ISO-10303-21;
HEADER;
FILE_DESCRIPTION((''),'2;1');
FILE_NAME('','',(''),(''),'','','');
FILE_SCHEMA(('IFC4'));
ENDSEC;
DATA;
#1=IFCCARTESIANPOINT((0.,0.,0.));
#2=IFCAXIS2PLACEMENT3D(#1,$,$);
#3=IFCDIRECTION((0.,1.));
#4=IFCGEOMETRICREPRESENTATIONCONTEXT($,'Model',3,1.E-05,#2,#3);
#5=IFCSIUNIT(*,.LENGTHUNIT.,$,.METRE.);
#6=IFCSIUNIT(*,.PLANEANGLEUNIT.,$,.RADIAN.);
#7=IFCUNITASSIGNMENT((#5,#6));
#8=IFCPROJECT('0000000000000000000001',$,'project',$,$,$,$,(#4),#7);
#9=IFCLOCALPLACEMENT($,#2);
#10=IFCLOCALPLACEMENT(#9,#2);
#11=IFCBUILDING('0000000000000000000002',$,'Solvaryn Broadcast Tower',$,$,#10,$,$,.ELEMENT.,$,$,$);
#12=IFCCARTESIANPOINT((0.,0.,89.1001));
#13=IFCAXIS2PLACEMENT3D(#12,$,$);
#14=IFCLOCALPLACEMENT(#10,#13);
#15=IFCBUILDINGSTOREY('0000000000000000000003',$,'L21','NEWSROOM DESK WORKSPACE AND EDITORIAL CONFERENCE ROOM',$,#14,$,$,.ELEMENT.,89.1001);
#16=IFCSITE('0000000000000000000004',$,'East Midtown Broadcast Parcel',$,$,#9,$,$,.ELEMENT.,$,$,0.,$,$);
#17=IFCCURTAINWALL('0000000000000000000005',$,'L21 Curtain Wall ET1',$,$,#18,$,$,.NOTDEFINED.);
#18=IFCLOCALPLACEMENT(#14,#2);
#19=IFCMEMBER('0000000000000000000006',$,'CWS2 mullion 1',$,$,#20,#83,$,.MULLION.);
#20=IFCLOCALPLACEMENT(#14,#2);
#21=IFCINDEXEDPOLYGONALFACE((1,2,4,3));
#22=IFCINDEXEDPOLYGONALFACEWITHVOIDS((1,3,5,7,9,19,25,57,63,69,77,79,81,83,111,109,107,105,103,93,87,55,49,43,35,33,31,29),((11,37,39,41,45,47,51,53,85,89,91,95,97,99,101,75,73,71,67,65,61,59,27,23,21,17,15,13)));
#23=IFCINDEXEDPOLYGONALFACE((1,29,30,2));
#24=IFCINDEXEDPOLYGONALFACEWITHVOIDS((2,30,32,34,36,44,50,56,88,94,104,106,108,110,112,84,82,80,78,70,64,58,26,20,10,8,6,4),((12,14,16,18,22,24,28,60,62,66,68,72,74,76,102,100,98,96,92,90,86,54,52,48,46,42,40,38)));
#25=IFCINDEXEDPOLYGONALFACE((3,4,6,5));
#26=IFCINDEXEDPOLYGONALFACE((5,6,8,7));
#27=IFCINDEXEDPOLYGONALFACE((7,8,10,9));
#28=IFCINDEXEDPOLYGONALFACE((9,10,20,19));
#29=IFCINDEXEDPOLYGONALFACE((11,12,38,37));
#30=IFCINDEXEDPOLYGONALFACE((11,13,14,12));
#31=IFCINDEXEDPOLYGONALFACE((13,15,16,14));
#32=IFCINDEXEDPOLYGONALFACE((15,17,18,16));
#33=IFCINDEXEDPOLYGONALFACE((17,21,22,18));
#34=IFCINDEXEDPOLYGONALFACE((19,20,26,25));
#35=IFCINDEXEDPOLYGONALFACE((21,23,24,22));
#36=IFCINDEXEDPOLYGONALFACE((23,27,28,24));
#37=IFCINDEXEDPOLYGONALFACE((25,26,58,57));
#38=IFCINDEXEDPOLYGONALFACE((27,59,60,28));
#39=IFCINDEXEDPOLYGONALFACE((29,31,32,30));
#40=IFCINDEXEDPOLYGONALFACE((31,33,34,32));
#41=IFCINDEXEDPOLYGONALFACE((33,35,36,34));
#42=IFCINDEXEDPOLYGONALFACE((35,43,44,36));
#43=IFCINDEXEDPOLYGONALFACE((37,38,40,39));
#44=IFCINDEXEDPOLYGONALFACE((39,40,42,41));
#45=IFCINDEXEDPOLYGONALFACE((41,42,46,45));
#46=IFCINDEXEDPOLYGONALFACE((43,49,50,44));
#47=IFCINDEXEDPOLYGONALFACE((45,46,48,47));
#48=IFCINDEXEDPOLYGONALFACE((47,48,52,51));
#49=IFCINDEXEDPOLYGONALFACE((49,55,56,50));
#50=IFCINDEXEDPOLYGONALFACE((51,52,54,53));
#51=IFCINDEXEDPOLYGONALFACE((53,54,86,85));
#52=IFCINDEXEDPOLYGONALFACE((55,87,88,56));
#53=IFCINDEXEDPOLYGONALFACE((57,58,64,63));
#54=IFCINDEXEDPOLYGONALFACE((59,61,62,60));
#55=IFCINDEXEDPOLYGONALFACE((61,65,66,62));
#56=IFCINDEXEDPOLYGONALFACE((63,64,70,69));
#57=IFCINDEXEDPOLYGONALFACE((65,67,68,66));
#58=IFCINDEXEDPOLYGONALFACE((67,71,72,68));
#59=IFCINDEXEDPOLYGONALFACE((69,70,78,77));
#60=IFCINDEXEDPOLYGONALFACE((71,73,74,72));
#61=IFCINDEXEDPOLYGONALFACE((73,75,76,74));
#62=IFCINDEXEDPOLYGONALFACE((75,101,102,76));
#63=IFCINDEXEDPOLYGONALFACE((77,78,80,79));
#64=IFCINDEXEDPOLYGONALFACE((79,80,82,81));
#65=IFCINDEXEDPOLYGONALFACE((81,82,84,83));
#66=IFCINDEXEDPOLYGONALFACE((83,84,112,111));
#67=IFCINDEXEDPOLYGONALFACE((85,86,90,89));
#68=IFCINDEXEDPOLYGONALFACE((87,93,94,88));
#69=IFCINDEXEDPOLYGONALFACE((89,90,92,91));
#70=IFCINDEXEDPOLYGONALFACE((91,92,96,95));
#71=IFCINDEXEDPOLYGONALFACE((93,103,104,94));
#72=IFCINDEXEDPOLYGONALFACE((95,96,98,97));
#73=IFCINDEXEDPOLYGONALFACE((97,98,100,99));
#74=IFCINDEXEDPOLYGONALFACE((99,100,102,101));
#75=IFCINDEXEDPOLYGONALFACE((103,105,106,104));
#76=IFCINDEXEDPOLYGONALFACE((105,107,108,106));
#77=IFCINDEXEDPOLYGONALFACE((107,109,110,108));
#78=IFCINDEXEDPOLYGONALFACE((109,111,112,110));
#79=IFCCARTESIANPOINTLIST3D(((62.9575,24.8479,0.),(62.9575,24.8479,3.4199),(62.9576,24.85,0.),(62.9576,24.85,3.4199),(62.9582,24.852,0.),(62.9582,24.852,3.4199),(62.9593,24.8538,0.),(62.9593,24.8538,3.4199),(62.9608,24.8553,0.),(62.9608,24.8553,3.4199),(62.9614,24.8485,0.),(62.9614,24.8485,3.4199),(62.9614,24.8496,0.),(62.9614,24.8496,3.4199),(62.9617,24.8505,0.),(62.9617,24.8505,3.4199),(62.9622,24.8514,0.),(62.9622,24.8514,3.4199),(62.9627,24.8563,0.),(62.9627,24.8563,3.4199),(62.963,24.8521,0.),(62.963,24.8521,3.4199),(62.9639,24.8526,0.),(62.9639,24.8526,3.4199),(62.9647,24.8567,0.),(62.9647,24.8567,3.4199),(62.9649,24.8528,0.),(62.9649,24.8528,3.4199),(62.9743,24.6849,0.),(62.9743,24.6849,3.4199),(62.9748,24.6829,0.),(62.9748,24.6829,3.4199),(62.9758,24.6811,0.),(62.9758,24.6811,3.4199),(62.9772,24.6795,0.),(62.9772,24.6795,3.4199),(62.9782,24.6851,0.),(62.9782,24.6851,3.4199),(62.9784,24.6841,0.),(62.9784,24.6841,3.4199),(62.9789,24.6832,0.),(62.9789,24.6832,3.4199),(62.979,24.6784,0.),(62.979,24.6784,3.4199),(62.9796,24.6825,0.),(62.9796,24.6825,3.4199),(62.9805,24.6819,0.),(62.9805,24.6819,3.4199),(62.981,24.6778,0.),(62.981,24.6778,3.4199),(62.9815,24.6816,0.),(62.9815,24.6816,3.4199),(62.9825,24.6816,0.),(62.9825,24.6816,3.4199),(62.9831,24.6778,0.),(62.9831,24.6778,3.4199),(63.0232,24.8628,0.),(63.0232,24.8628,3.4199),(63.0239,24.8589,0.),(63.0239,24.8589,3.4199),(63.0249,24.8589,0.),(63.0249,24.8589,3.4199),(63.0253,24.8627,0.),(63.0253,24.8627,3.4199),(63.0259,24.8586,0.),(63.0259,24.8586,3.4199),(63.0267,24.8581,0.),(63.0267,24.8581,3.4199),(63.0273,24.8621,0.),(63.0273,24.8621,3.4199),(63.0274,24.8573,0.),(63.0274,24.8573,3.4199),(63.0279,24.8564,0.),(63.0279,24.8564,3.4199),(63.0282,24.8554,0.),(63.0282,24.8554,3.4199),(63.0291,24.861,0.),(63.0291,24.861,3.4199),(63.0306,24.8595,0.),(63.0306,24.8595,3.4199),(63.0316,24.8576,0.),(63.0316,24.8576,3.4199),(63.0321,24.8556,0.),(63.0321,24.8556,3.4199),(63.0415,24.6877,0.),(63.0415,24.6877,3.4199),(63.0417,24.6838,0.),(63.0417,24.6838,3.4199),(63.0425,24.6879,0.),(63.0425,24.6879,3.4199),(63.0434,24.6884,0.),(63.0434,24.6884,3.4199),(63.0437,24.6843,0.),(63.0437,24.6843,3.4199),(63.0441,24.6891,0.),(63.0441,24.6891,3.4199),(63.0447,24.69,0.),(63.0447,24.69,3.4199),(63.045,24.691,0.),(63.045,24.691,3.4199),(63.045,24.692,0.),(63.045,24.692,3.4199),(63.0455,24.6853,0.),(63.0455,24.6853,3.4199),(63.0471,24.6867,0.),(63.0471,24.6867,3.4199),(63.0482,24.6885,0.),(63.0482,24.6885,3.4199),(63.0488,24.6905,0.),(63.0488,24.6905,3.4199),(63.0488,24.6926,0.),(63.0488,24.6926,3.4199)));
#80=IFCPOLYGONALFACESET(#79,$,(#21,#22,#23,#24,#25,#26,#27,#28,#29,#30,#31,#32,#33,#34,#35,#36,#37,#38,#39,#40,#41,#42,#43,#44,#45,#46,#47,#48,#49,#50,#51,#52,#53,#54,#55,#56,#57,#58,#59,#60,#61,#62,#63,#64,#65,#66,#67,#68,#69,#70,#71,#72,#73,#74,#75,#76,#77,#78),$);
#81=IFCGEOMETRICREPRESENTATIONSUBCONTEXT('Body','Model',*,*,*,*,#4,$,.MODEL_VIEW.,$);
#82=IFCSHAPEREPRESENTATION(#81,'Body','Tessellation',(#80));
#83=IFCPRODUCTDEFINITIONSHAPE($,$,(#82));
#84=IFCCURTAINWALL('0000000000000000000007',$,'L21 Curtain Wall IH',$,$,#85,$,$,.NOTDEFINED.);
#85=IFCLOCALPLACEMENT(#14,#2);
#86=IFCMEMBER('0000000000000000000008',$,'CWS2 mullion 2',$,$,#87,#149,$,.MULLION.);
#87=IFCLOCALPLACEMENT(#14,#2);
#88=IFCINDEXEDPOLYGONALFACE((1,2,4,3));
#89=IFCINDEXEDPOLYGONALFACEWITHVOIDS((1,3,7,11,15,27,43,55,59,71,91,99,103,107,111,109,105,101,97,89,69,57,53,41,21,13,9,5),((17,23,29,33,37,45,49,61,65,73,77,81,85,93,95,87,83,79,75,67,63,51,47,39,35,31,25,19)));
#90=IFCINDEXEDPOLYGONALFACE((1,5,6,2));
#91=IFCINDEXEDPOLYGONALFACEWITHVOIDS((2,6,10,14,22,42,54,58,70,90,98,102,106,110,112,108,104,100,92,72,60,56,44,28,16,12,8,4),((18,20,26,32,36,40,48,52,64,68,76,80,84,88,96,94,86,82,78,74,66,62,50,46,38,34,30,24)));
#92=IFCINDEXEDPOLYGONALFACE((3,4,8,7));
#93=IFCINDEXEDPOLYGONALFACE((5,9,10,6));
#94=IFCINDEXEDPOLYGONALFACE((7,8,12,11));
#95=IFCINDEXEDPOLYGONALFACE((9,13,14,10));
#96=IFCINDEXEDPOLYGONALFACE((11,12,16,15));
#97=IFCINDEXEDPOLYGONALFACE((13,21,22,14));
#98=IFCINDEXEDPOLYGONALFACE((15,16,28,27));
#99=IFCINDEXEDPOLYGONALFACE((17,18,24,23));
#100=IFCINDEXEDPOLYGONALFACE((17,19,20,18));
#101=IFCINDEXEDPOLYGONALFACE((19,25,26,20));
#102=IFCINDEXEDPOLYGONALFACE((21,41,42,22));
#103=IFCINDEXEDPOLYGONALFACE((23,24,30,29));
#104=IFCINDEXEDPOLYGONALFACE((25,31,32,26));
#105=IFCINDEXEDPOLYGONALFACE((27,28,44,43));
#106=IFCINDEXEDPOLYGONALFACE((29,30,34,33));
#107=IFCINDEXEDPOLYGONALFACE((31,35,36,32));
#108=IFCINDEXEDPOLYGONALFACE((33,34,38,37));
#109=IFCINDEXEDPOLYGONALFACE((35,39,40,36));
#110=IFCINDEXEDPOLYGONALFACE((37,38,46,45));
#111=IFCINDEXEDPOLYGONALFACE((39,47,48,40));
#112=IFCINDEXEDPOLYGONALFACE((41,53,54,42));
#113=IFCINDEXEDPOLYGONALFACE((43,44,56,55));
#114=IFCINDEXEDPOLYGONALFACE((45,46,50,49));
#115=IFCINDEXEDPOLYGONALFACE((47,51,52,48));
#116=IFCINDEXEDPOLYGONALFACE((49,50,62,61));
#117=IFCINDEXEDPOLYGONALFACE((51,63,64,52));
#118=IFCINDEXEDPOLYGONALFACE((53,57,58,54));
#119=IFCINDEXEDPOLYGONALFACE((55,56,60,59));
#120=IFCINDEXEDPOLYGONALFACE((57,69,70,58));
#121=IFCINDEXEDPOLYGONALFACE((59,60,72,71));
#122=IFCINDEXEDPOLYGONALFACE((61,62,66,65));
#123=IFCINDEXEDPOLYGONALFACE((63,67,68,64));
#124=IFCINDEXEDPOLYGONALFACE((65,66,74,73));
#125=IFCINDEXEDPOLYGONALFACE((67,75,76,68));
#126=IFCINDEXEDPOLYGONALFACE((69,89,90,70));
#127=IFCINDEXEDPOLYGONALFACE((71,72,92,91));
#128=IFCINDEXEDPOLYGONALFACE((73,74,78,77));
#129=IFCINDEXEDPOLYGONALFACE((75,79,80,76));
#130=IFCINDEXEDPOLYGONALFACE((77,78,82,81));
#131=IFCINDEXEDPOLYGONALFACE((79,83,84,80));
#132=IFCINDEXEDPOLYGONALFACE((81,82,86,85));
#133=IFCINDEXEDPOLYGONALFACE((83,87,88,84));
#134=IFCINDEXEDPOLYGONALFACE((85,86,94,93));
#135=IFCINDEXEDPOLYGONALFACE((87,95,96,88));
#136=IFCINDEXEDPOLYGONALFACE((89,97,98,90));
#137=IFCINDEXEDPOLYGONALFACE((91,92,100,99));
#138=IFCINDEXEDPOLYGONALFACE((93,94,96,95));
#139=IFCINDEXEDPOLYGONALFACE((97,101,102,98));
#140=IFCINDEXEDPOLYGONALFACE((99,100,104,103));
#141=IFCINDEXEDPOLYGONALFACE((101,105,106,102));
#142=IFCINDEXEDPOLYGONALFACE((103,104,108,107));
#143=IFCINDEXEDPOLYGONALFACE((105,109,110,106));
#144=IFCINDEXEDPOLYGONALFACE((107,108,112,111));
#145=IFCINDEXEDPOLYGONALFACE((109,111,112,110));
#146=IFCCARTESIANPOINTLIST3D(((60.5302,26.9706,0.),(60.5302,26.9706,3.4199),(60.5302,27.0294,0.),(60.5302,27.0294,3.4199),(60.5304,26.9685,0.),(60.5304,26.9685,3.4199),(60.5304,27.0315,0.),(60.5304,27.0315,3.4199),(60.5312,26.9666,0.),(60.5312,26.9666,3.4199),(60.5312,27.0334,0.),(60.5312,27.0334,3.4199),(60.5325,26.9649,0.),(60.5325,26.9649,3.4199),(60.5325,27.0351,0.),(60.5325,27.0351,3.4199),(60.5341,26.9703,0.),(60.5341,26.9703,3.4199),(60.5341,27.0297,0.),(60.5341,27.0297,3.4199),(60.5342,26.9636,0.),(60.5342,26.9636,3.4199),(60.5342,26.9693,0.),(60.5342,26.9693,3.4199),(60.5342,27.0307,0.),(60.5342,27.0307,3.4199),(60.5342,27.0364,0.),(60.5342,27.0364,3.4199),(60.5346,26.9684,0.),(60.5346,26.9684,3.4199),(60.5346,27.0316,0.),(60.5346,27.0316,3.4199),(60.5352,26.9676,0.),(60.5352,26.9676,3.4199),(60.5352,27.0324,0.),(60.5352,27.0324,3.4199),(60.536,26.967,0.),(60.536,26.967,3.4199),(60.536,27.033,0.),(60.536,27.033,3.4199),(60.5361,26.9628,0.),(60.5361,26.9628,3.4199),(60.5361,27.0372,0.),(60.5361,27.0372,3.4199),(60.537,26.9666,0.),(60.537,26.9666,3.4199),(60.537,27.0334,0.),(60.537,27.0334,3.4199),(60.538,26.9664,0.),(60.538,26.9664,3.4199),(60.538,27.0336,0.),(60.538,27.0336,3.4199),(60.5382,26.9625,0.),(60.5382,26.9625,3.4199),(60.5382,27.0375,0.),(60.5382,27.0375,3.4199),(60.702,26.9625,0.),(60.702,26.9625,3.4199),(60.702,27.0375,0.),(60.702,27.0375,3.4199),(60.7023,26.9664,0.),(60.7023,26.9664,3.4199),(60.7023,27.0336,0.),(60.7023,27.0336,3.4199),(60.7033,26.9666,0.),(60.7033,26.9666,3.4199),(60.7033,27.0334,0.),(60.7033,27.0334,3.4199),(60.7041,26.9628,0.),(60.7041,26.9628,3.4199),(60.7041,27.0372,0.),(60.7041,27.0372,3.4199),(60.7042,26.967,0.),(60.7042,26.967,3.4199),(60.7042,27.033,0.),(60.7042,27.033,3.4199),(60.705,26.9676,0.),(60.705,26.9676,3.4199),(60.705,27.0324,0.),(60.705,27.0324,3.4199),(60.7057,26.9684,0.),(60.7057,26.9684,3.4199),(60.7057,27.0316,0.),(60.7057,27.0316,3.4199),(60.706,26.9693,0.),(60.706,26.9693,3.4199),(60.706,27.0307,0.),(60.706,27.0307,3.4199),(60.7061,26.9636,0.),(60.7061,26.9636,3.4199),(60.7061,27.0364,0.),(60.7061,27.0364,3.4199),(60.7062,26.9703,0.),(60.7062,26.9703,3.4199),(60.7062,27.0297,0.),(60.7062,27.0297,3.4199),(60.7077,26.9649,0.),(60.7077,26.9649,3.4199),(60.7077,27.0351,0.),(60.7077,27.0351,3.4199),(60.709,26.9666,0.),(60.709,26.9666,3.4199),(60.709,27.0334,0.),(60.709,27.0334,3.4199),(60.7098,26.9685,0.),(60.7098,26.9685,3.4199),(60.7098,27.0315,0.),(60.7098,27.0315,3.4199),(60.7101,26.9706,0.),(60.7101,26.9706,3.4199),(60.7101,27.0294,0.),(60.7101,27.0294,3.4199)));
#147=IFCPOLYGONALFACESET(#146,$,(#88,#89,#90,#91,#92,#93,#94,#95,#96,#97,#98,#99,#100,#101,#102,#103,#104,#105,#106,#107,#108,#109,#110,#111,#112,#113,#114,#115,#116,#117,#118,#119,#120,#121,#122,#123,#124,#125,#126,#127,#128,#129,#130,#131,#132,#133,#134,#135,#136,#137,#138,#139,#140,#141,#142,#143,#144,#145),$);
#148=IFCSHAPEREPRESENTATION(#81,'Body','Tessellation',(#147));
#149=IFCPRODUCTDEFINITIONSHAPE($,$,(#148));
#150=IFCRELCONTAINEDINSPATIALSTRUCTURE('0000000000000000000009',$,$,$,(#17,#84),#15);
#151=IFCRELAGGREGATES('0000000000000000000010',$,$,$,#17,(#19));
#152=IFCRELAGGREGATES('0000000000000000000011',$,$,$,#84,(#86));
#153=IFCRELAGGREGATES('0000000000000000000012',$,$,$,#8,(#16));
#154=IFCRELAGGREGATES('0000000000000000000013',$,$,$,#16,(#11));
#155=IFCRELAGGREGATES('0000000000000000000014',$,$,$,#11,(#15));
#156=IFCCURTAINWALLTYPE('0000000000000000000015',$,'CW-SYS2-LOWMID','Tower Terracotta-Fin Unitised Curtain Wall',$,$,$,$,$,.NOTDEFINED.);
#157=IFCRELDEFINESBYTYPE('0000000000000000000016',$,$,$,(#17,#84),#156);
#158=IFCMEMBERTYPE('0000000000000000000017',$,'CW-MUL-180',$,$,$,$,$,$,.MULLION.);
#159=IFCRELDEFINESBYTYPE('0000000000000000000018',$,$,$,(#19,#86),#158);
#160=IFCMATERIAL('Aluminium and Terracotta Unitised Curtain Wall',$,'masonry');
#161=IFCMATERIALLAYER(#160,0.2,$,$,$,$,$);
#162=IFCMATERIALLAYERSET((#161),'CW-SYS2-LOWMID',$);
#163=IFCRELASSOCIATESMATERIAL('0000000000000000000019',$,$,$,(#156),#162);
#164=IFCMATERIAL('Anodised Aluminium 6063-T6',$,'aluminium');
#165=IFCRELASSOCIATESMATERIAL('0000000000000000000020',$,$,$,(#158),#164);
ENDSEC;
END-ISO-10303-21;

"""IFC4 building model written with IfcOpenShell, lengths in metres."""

from ifc_helpers import new_model, si_unit, direction, frame, origin, origin_2d, place, context, subcontext, project, spatial, hollow_rectangle, extrude, material, layer, layer_set, material_profile, profile_set, type_object, element, aggregate, save


model = new_model("IFC4")

# Units and contexts
model_context = context("Model", 3, precision=1e-05, world=origin(), true_north=direction((0.0, 1.0)))
body_context = subcontext(model_context, "Body", "Model", "MODEL_VIEW")
ifc_project = project(units=[si_unit("LENGTHUNIT", "METRE"), si_unit("PLANEANGLEUNIT", "RADIAN")], contexts=[model_context])

# Site, building, storey
site_placement = place(None, origin())
site = spatial("IfcSite", under=ifc_project, at=site_placement, Name="East Midtown Broadcast Parcel", CompositionType="ELEMENT", RefElevation=0.0)
building_placement = place(site_placement, origin())
building = spatial("IfcBuilding", under=site, at=building_placement, Name="Solvaryn Broadcast Tower", CompositionType="ELEMENT")
storey_placement = place(building_placement, frame((0.0, 0.0, 89.1001)))
storey = spatial("IfcBuildingStorey", under=building, at=storey_placement, Name="L21", Description="NEWSROOM DESK WORKSPACE AND EDITORIAL CONFERENCE ROOM", CompositionType="ELEMENT", Elevation=89.1001)

# Curtain walls, members
ifc_material_1 = material(Name="Aluminium and Terracotta Unitised Curtain Wall", Category="masonry")
ifc_layer_1 = layer(ifc_material_1, 0.2)
ifc_layer_set_1 = layer_set([ifc_layer_1], Name="CW-SYS2-LOWMID")
curtain_wall_type = type_object("IfcCurtainWallType", Name="CW-SYS2-LOWMID", Description="Tower Terracotta-Fin Unitised Curtain Wall", PredefinedType="NOTDEFINED", material=ifc_layer_set_1)
curtain_wall_1_placement = place(storey_placement, origin())
curtain_wall_1 = element("IfcCurtainWall", 1, at=curtain_wall_1_placement, inside=storey, type_object=curtain_wall_type, Name="L21 Curtain Wall ET1", PredefinedType="NOTDEFINED")
ifc_material_2 = material(Name="Anodised Aluminium 6063-T6", Category="aluminium")
ifc_material_profile_1 = material_profile(ifc_material_2, hollow_rectangle(XDim=0.075, YDim=0.1799, WallThickness=0.0039, InnerFilletRadius=0.0039, OuterFilletRadius=0.0081, at=origin_2d()))
ifc_profile_set_1 = profile_set([ifc_material_profile_1], Name="Anodised Aluminium 6063-T6")
member_type_1 = type_object("IfcMemberType", Name="CW-MUL-180", PredefinedType="MULLION", material=ifc_profile_set_1)
member_1_placement = place(storey_placement, frame((63.0032, 24.7703, 0.0), z_axis=(0.0, 0.0, 1.0), x_axis=(0.994743, 0.1024, 0.0)))
member_1 = element("IfcMember", 2, at=member_1_placement, type_object=member_type_1, Name="CWS2 mullion 1", PredefinedType="MULLION", context=body_context, shape_type="SweptSolid", body=[
    extrude(hollow_rectangle(XDim=0.075, YDim=0.1799, WallThickness=0.0039, InnerFilletRadius=0.0039, OuterFilletRadius=0.0081, at=origin_2d()), origin(), (0.0, 0.0, 1.0), 3.4199),
])
curtain_wall_2_placement = place(storey_placement, origin())
curtain_wall_2 = element("IfcCurtainWall", 3, at=curtain_wall_2_placement, inside=storey, type_object=curtain_wall_type, Name="L21 Curtain Wall IH", PredefinedType="NOTDEFINED")
member_2_placement = place(storey_placement, frame((60.6201, 27.0, 0.0), z_axis=(0.0, 0.0, 1.0), x_axis=(0.0, 1.0, 0.0)))
member_2 = element("IfcMember", 4, at=member_2_placement, type_object=member_type_1, Name="CWS2 mullion 2", PredefinedType="MULLION", context=body_context, shape_type="SweptSolid", body=[
    extrude(hollow_rectangle(XDim=0.075, YDim=0.1799, WallThickness=0.0039, InnerFilletRadius=0.0039, OuterFilletRadius=0.0081, at=origin_2d()), origin(), (0.0, 0.0, 1.0), 3.4199),
])

aggregate(curtain_wall_1, [member_1])
aggregate(curtain_wall_2, [member_2])

save(model, "model.ifc")
